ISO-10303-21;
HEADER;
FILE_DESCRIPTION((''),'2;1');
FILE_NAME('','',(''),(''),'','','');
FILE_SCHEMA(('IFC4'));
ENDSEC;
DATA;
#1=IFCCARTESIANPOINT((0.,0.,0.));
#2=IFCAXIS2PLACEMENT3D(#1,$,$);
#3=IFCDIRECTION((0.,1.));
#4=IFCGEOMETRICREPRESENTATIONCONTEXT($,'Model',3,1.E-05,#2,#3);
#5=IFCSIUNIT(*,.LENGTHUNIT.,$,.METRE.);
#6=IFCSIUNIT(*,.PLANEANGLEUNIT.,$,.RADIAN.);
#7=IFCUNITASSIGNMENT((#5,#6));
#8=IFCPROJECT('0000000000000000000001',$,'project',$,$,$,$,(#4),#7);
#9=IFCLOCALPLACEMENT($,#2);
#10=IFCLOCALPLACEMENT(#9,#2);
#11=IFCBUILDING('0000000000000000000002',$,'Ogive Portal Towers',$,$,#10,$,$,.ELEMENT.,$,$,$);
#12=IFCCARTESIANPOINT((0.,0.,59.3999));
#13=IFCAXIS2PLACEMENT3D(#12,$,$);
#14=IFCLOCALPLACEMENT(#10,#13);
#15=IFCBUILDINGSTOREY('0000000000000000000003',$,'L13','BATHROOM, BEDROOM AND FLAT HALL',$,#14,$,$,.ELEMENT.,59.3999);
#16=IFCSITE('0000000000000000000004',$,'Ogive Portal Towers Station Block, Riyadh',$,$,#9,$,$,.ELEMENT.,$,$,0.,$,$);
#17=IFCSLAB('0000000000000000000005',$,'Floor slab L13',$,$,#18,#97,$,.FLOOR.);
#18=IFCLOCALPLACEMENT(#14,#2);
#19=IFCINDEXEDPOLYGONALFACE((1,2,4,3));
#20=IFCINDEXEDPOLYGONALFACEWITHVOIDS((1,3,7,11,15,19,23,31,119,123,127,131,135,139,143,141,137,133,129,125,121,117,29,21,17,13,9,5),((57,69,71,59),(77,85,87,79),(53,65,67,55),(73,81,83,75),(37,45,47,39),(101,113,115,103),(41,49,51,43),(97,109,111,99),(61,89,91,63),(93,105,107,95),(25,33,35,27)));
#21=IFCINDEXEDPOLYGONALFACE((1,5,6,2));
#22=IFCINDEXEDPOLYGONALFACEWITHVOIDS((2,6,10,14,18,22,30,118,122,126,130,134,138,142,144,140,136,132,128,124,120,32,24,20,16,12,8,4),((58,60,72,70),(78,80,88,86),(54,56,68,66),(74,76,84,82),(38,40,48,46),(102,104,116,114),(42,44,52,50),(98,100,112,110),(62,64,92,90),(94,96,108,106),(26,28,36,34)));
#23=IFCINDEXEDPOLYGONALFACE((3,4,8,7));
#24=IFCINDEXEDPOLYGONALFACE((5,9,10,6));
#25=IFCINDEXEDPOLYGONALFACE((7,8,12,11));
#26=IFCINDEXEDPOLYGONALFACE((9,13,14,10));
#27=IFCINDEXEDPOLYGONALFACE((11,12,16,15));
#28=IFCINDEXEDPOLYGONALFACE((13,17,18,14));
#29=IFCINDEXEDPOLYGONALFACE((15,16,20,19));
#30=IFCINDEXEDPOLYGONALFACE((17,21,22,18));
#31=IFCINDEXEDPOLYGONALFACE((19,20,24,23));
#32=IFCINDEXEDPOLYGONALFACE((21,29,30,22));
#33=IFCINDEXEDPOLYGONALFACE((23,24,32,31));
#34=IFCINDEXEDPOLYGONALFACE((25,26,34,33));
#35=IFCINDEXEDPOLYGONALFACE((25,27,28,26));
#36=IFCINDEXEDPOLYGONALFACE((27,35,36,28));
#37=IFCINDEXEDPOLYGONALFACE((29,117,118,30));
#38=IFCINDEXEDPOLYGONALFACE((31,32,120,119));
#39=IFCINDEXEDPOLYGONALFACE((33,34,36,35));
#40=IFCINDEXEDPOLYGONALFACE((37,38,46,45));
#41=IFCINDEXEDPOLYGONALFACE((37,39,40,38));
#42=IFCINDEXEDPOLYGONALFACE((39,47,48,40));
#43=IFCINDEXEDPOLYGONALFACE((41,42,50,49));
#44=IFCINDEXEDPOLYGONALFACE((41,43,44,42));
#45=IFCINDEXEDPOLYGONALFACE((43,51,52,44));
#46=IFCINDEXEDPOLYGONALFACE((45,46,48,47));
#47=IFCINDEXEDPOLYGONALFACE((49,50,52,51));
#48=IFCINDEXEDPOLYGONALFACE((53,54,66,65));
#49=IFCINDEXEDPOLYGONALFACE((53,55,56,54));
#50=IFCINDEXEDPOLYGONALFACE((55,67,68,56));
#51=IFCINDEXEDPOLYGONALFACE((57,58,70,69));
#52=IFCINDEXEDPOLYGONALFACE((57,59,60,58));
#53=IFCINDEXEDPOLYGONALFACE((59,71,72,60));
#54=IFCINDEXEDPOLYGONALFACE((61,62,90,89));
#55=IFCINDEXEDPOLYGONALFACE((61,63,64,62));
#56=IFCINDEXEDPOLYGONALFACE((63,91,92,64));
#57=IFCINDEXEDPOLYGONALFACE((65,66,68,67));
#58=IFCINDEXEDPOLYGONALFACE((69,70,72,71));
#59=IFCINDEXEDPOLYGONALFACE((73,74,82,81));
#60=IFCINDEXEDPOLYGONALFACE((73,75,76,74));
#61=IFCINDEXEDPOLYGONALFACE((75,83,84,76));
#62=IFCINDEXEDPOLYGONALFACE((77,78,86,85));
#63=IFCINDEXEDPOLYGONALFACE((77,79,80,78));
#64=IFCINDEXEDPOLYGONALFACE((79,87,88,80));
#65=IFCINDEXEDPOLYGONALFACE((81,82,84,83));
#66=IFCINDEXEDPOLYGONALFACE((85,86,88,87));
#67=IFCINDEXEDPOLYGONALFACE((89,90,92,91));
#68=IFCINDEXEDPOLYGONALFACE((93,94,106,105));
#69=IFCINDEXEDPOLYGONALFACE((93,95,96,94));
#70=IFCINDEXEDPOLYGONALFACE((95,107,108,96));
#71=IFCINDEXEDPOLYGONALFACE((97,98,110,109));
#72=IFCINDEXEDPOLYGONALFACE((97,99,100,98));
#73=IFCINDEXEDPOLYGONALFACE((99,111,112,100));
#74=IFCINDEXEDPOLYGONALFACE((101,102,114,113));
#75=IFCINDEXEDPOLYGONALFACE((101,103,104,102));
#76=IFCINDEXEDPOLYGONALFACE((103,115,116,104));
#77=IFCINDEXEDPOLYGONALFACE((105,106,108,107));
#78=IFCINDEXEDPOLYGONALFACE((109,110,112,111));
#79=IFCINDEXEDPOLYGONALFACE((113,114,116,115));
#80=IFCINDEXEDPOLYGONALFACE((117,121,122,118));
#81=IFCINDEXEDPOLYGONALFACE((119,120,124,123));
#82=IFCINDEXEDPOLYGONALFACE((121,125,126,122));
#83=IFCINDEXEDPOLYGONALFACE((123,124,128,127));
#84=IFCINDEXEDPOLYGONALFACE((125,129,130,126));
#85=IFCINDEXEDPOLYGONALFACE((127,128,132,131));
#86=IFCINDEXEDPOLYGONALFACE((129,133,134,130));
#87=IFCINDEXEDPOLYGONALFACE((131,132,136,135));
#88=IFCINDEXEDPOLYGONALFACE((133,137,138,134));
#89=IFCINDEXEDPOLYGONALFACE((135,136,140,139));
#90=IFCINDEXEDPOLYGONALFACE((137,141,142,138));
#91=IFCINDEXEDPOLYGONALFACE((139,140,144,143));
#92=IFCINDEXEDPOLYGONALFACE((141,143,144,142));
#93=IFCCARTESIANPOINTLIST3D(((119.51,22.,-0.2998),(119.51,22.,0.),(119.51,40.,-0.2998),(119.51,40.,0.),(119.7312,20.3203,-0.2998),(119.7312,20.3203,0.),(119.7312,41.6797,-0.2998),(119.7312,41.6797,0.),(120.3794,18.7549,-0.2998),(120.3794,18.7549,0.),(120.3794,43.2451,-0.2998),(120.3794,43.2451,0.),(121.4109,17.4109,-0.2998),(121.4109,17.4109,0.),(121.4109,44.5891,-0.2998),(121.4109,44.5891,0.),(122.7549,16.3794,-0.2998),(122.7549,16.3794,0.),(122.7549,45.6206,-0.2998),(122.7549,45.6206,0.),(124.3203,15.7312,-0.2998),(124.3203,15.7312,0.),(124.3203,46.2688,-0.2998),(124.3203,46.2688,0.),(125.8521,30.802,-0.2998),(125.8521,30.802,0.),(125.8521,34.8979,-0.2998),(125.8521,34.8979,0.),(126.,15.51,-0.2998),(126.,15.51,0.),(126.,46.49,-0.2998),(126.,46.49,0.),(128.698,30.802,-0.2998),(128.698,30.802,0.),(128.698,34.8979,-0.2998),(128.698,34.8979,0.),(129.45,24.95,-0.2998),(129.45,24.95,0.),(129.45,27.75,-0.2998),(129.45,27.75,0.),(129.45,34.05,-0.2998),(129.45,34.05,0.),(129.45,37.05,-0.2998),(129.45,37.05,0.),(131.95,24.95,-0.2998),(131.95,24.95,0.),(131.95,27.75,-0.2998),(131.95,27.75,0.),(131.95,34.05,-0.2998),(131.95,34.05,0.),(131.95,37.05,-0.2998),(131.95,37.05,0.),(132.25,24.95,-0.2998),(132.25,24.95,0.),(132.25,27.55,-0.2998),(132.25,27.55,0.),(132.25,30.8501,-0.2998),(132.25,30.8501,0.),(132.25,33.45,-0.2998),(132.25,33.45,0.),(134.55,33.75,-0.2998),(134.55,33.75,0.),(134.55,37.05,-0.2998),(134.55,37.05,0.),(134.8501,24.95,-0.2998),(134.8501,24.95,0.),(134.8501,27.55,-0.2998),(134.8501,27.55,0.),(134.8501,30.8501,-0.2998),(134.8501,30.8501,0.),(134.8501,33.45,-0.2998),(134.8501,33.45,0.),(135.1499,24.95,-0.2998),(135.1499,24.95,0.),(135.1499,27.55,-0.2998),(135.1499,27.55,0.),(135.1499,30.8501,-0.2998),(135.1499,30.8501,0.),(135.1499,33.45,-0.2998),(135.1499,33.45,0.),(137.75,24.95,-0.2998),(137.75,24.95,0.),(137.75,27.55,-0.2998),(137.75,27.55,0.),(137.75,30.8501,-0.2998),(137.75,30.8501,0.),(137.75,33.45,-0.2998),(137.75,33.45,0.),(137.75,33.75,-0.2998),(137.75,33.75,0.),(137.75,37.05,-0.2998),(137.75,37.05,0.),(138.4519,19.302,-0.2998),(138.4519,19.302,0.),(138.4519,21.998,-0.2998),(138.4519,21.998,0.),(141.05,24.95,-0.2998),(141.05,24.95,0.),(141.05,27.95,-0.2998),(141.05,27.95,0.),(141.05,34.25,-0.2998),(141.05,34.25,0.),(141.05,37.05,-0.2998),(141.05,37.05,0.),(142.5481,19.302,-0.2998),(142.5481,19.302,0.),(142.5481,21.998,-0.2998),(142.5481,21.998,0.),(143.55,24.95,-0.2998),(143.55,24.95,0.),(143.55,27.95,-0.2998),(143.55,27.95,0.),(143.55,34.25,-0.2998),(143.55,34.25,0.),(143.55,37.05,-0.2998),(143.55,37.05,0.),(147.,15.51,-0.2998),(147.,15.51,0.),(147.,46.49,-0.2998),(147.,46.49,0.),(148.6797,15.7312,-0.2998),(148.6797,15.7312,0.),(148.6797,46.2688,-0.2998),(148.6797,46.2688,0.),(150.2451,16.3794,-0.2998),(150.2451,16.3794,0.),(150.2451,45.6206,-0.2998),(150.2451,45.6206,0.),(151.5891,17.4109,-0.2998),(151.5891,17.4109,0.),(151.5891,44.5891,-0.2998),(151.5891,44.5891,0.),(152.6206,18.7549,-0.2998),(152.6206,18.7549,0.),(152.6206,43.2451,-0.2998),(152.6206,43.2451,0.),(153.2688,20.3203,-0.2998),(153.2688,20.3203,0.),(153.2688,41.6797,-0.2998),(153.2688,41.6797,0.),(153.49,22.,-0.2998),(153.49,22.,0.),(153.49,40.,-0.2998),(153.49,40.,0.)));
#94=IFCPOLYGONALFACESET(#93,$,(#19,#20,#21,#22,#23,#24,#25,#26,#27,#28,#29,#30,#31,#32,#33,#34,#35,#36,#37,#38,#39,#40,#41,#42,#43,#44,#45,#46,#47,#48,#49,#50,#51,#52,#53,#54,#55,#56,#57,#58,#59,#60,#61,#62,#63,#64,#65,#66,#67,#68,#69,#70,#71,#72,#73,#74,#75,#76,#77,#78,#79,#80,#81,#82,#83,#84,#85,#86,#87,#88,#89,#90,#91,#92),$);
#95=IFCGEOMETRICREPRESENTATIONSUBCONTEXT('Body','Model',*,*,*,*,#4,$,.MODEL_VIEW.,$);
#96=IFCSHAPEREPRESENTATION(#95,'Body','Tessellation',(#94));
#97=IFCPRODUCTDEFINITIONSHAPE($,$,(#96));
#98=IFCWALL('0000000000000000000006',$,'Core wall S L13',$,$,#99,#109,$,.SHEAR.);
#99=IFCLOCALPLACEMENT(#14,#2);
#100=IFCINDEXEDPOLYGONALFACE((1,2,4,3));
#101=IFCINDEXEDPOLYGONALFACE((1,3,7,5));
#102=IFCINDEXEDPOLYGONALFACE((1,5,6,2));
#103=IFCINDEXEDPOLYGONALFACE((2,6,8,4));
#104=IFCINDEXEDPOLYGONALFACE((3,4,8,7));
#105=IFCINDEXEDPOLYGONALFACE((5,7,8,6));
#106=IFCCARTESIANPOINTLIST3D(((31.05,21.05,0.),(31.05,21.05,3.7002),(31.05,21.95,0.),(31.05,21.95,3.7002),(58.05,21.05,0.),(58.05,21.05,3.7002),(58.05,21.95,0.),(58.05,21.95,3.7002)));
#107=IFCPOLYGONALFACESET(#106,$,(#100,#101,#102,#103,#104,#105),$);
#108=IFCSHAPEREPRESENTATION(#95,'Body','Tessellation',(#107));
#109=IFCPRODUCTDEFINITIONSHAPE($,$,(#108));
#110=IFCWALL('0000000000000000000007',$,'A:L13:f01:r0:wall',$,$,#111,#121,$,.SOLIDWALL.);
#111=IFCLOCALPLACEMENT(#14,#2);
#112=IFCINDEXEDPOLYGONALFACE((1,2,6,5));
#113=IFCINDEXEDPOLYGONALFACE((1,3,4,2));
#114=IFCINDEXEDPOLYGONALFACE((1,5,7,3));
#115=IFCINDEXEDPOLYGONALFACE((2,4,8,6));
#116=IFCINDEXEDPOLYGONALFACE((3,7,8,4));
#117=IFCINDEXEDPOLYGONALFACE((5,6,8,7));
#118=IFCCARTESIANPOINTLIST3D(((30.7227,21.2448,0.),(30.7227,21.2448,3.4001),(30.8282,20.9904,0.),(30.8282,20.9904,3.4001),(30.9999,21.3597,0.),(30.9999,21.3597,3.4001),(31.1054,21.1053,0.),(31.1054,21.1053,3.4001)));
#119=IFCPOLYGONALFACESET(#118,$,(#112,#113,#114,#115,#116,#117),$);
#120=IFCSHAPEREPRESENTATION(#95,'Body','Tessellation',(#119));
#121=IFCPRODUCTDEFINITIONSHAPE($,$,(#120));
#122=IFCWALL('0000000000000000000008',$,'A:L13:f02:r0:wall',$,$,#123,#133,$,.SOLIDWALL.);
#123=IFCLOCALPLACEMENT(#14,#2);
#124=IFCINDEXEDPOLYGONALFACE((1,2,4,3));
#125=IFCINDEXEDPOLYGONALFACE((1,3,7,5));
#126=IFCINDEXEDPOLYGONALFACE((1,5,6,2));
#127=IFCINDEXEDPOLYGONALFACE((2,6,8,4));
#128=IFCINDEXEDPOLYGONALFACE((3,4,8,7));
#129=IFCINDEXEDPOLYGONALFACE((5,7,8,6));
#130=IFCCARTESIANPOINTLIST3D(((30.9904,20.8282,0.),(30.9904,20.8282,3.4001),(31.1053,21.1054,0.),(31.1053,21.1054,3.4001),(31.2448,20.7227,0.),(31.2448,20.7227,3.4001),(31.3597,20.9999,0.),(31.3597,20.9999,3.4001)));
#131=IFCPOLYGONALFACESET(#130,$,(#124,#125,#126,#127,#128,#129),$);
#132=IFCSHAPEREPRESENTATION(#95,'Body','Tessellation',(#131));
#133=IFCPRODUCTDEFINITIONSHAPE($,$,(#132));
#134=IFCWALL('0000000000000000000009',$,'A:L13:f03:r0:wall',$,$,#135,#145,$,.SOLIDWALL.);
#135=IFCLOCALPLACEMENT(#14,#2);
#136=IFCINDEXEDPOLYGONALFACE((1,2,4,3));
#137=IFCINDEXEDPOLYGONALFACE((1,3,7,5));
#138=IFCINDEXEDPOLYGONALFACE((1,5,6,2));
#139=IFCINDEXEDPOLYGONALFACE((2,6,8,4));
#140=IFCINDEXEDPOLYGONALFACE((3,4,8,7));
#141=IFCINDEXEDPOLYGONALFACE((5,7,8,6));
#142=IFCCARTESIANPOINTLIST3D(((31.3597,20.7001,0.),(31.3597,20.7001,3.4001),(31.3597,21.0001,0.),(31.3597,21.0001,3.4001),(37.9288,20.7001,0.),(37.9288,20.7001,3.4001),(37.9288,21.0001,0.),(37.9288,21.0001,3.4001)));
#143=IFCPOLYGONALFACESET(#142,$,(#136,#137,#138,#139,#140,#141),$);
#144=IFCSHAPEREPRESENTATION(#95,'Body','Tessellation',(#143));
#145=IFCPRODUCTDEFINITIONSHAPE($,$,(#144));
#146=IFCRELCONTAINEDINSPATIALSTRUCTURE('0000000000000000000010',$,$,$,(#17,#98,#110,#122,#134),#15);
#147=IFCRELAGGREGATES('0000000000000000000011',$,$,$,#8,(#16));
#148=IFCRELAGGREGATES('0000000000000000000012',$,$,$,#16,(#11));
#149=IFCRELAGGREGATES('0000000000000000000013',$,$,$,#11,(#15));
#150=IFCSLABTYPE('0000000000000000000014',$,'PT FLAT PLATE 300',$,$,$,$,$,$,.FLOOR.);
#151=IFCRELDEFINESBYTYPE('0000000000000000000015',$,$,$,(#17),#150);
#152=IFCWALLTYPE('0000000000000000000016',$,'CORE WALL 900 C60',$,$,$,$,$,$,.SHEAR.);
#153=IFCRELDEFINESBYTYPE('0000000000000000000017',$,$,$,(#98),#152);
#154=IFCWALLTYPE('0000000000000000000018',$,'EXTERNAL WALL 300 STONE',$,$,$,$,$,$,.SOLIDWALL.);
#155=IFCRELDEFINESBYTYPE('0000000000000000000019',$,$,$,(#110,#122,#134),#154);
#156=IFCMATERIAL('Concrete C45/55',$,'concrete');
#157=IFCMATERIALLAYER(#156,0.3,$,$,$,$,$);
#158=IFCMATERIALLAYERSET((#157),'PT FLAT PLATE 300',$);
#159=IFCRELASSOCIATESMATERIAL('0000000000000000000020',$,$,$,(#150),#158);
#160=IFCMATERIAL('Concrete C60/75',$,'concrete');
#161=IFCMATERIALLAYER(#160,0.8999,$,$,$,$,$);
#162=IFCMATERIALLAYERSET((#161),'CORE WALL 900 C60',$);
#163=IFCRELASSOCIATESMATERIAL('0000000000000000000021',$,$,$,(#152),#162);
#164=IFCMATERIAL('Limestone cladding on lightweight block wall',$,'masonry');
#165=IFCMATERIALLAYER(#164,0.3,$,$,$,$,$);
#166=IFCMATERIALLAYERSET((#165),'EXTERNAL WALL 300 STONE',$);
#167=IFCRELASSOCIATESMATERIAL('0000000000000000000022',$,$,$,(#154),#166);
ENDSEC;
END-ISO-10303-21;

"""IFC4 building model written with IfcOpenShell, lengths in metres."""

from ifc_helpers import new_model, si_unit, direction, frame, frame_2d, origin, place, context, subcontext, project, spatial, polyline, rectangle, outline, extrude, material, layer, layer_set, type_object, element, save


model = new_model("IFC4")

# Units and contexts
model_context = context("Model", 3, precision=1e-05, world=origin(), true_north=direction((0.0, 1.0)))
body_context = subcontext(model_context, "Body", "Model", "MODEL_VIEW")
ifc_project = project(units=[si_unit("LENGTHUNIT", "METRE"), si_unit("PLANEANGLEUNIT", "RADIAN")], contexts=[model_context])

# Site, building, storey
site_placement = place(None, origin())
site = spatial("IfcSite", under=ifc_project, at=site_placement, Name="Ogive Portal Towers Station Block, Riyadh", CompositionType="ELEMENT", RefElevation=0.0)
building_placement = place(site_placement, origin())
building = spatial("IfcBuilding", under=site, at=building_placement, Name="Ogive Portal Towers", CompositionType="ELEMENT")
storey_placement = place(building_placement, frame((0.0, 0.0, 59.3999)))
storey = spatial("IfcBuildingStorey", under=building, at=storey_placement, Name="L13", Description="BATHROOM, BEDROOM AND FLAT HALL", CompositionType="ELEMENT", Elevation=59.3999)

# Slab
ifc_material_1 = material(Name="Concrete C45/55", Category="concrete")
ifc_layer_1 = layer(ifc_material_1, 0.3)
ifc_layer_set_1 = layer_set([ifc_layer_1], Name="PT FLAT PLATE 300")
slab_type_1 = type_object("IfcSlabType", Name="PT FLAT PLATE 300", PredefinedType="FLOOR", material=ifc_layer_set_1)
slab_1_placement = place(storey_placement, frame((0.0, 0.0, -0.2998)))
element("IfcSlab", 1, at=slab_1_placement, inside=storey, type_object=slab_type_1, Name="Floor slab L13", PredefinedType="FLOOR", context=body_context, shape_type="SweptSolid", body=[
    extrude(outline(polyline([(119.51, 40.0), (119.51, 22.0), (119.7312, 20.3203), (120.3794, 18.7549), (121.4109, 17.4109), (122.7549, 16.3794), (124.3203, 15.7312), (126.0, 15.51), (147.0, 15.51), (148.6797, 15.7312), (150.2451, 16.3794), (151.5891, 17.4109), (152.6206, 18.7549), (153.2688, 20.3203), (153.49, 22.0), (153.49, 40.0), (153.2688, 41.6797), (152.6206, 43.2451), (151.5891, 44.5891), (150.2451, 45.6206), (148.6797, 46.2688), (147.0, 46.49), (126.0, 46.49), (124.3203, 46.2688), (122.7549, 45.6206), (121.4109, 44.5891), (120.3794, 43.2451), (119.7312, 41.6797), (119.51, 40.0)]), holes=[polyline([(131.95, 27.75), (131.95, 24.95), (129.45, 24.95), (129.45, 27.75), (131.95, 27.75)]), polyline([(134.8501, 33.45), (134.8501, 30.8501), (132.25, 30.8501), (132.25, 33.45), (134.8501, 33.45)]), polyline([(128.698, 34.8979), (128.698, 30.802), (125.8521, 30.802), (125.8521, 34.8979), (128.698, 34.8979)]), polyline([(131.95, 37.05), (131.95, 34.05), (129.45, 34.05), (129.45, 37.05), (131.95, 37.05)]), polyline([(138.4519, 21.998), (142.5481, 21.998), (142.5481, 19.302), (138.4519, 19.302), (138.4519, 21.998)]), polyline([(134.8501, 27.55), (134.8501, 24.95), (132.25, 24.95), (132.25, 27.55), (134.8501, 27.55)]), polyline([(137.75, 27.55), (137.75, 24.95), (135.1499, 24.95), (135.1499, 27.55), (137.75, 27.55)]), polyline([(143.55, 27.95), (143.55, 24.95), (141.05, 24.95), (141.05, 27.95), (143.55, 27.95)]), polyline([(137.75, 33.45), (137.75, 30.8501), (135.1499, 30.8501), (135.1499, 33.45), (137.75, 33.45)]), polyline([(137.75, 37.05), (137.75, 33.75), (134.55, 33.75), (134.55, 37.05), (137.75, 37.05)]), polyline([(143.55, 37.05), (143.55, 34.25), (141.05, 34.25), (141.05, 37.05), (143.55, 37.05)])]), origin(), (0.0, 0.0, 1.0), 0.2998),
])

# Walls
ifc_material_2 = material(Name="Concrete C60/75", Category="concrete")
ifc_layer_2 = layer(ifc_material_2, 0.8999)
ifc_layer_set_2 = layer_set([ifc_layer_2], Name="CORE WALL 900 C60")
wall_type_1 = type_object("IfcWallType", Name="CORE WALL 900 C60", PredefinedType="SHEAR", material=ifc_layer_set_2)
wall_1_placement = place(storey_placement, frame((31.05, 21.5, 0.0), z_axis=(0.0, 0.0, 1.0), x_axis=(1.0, 0.0, 0.0)))
element("IfcWall", 2, at=wall_1_placement, inside=storey, type_object=wall_type_1, Name="Core wall S L13", PredefinedType="SHEAR", context=body_context, shape_type="SweptSolid", body=[
    extrude(rectangle(XDim=27.0, YDim=0.8999, at=frame_2d((13.5, 0.0))), origin(), (0.0, 0.0, 1.0), 3.7002),
])
ifc_material_3 = material(Name="Limestone cladding on lightweight block wall", Category="masonry")
ifc_layer_3 = layer(ifc_material_3, 0.3)
ifc_layer_set_3 = layer_set([ifc_layer_3], Name="EXTERNAL WALL 300 STONE")
wall_type_2 = type_object("IfcWallType", Name="EXTERNAL WALL 300 STONE", PredefinedType="SOLIDWALL", material=ifc_layer_set_3)
for number, where, z_axis, x_axis, name in (
    (3, (30.8613, 21.3022, 0.0), (0.0, 0.0, 1.0), (0.382978, -0.923757, 0.0), "A:L13:f01:r0:wall"),
    (4, (31.0479, 20.9668, 0.0), (0.0, 0.0, 1.0), (0.923757, -0.382978, 0.0), "A:L13:f02:r0:wall"),
):
    element("IfcWall", number, at=place(storey_placement, frame(where, z_axis=z_axis, x_axis=x_axis)), inside=storey, type_object=wall_type_2, Name=name, PredefinedType="SOLIDWALL", context=body_context, shape_type="SweptSolid", body=[
        extrude(rectangle(XDim=0.2754, YDim=0.3, at=frame_2d((0.1377, 0.0))), origin(), (0.0, 0.0, 1.0), 3.4001),
    ])
wall_2_placement = place(storey_placement, frame((31.3596, 20.8501, 0.0), z_axis=(0.0, 0.0, 1.0), x_axis=(1.0, 0.0, 0.0)))
element("IfcWall", 5, at=wall_2_placement, inside=storey, type_object=wall_type_2, Name="A:L13:f03:r0:wall", PredefinedType="SOLIDWALL", context=body_context, shape_type="SweptSolid", body=[
    extrude(rectangle(XDim=6.5691, YDim=0.3, at=frame_2d((3.2847, 0.0))), origin(), (0.0, 0.0, 1.0), 3.4001),
])

save(model, "model.ifc")
